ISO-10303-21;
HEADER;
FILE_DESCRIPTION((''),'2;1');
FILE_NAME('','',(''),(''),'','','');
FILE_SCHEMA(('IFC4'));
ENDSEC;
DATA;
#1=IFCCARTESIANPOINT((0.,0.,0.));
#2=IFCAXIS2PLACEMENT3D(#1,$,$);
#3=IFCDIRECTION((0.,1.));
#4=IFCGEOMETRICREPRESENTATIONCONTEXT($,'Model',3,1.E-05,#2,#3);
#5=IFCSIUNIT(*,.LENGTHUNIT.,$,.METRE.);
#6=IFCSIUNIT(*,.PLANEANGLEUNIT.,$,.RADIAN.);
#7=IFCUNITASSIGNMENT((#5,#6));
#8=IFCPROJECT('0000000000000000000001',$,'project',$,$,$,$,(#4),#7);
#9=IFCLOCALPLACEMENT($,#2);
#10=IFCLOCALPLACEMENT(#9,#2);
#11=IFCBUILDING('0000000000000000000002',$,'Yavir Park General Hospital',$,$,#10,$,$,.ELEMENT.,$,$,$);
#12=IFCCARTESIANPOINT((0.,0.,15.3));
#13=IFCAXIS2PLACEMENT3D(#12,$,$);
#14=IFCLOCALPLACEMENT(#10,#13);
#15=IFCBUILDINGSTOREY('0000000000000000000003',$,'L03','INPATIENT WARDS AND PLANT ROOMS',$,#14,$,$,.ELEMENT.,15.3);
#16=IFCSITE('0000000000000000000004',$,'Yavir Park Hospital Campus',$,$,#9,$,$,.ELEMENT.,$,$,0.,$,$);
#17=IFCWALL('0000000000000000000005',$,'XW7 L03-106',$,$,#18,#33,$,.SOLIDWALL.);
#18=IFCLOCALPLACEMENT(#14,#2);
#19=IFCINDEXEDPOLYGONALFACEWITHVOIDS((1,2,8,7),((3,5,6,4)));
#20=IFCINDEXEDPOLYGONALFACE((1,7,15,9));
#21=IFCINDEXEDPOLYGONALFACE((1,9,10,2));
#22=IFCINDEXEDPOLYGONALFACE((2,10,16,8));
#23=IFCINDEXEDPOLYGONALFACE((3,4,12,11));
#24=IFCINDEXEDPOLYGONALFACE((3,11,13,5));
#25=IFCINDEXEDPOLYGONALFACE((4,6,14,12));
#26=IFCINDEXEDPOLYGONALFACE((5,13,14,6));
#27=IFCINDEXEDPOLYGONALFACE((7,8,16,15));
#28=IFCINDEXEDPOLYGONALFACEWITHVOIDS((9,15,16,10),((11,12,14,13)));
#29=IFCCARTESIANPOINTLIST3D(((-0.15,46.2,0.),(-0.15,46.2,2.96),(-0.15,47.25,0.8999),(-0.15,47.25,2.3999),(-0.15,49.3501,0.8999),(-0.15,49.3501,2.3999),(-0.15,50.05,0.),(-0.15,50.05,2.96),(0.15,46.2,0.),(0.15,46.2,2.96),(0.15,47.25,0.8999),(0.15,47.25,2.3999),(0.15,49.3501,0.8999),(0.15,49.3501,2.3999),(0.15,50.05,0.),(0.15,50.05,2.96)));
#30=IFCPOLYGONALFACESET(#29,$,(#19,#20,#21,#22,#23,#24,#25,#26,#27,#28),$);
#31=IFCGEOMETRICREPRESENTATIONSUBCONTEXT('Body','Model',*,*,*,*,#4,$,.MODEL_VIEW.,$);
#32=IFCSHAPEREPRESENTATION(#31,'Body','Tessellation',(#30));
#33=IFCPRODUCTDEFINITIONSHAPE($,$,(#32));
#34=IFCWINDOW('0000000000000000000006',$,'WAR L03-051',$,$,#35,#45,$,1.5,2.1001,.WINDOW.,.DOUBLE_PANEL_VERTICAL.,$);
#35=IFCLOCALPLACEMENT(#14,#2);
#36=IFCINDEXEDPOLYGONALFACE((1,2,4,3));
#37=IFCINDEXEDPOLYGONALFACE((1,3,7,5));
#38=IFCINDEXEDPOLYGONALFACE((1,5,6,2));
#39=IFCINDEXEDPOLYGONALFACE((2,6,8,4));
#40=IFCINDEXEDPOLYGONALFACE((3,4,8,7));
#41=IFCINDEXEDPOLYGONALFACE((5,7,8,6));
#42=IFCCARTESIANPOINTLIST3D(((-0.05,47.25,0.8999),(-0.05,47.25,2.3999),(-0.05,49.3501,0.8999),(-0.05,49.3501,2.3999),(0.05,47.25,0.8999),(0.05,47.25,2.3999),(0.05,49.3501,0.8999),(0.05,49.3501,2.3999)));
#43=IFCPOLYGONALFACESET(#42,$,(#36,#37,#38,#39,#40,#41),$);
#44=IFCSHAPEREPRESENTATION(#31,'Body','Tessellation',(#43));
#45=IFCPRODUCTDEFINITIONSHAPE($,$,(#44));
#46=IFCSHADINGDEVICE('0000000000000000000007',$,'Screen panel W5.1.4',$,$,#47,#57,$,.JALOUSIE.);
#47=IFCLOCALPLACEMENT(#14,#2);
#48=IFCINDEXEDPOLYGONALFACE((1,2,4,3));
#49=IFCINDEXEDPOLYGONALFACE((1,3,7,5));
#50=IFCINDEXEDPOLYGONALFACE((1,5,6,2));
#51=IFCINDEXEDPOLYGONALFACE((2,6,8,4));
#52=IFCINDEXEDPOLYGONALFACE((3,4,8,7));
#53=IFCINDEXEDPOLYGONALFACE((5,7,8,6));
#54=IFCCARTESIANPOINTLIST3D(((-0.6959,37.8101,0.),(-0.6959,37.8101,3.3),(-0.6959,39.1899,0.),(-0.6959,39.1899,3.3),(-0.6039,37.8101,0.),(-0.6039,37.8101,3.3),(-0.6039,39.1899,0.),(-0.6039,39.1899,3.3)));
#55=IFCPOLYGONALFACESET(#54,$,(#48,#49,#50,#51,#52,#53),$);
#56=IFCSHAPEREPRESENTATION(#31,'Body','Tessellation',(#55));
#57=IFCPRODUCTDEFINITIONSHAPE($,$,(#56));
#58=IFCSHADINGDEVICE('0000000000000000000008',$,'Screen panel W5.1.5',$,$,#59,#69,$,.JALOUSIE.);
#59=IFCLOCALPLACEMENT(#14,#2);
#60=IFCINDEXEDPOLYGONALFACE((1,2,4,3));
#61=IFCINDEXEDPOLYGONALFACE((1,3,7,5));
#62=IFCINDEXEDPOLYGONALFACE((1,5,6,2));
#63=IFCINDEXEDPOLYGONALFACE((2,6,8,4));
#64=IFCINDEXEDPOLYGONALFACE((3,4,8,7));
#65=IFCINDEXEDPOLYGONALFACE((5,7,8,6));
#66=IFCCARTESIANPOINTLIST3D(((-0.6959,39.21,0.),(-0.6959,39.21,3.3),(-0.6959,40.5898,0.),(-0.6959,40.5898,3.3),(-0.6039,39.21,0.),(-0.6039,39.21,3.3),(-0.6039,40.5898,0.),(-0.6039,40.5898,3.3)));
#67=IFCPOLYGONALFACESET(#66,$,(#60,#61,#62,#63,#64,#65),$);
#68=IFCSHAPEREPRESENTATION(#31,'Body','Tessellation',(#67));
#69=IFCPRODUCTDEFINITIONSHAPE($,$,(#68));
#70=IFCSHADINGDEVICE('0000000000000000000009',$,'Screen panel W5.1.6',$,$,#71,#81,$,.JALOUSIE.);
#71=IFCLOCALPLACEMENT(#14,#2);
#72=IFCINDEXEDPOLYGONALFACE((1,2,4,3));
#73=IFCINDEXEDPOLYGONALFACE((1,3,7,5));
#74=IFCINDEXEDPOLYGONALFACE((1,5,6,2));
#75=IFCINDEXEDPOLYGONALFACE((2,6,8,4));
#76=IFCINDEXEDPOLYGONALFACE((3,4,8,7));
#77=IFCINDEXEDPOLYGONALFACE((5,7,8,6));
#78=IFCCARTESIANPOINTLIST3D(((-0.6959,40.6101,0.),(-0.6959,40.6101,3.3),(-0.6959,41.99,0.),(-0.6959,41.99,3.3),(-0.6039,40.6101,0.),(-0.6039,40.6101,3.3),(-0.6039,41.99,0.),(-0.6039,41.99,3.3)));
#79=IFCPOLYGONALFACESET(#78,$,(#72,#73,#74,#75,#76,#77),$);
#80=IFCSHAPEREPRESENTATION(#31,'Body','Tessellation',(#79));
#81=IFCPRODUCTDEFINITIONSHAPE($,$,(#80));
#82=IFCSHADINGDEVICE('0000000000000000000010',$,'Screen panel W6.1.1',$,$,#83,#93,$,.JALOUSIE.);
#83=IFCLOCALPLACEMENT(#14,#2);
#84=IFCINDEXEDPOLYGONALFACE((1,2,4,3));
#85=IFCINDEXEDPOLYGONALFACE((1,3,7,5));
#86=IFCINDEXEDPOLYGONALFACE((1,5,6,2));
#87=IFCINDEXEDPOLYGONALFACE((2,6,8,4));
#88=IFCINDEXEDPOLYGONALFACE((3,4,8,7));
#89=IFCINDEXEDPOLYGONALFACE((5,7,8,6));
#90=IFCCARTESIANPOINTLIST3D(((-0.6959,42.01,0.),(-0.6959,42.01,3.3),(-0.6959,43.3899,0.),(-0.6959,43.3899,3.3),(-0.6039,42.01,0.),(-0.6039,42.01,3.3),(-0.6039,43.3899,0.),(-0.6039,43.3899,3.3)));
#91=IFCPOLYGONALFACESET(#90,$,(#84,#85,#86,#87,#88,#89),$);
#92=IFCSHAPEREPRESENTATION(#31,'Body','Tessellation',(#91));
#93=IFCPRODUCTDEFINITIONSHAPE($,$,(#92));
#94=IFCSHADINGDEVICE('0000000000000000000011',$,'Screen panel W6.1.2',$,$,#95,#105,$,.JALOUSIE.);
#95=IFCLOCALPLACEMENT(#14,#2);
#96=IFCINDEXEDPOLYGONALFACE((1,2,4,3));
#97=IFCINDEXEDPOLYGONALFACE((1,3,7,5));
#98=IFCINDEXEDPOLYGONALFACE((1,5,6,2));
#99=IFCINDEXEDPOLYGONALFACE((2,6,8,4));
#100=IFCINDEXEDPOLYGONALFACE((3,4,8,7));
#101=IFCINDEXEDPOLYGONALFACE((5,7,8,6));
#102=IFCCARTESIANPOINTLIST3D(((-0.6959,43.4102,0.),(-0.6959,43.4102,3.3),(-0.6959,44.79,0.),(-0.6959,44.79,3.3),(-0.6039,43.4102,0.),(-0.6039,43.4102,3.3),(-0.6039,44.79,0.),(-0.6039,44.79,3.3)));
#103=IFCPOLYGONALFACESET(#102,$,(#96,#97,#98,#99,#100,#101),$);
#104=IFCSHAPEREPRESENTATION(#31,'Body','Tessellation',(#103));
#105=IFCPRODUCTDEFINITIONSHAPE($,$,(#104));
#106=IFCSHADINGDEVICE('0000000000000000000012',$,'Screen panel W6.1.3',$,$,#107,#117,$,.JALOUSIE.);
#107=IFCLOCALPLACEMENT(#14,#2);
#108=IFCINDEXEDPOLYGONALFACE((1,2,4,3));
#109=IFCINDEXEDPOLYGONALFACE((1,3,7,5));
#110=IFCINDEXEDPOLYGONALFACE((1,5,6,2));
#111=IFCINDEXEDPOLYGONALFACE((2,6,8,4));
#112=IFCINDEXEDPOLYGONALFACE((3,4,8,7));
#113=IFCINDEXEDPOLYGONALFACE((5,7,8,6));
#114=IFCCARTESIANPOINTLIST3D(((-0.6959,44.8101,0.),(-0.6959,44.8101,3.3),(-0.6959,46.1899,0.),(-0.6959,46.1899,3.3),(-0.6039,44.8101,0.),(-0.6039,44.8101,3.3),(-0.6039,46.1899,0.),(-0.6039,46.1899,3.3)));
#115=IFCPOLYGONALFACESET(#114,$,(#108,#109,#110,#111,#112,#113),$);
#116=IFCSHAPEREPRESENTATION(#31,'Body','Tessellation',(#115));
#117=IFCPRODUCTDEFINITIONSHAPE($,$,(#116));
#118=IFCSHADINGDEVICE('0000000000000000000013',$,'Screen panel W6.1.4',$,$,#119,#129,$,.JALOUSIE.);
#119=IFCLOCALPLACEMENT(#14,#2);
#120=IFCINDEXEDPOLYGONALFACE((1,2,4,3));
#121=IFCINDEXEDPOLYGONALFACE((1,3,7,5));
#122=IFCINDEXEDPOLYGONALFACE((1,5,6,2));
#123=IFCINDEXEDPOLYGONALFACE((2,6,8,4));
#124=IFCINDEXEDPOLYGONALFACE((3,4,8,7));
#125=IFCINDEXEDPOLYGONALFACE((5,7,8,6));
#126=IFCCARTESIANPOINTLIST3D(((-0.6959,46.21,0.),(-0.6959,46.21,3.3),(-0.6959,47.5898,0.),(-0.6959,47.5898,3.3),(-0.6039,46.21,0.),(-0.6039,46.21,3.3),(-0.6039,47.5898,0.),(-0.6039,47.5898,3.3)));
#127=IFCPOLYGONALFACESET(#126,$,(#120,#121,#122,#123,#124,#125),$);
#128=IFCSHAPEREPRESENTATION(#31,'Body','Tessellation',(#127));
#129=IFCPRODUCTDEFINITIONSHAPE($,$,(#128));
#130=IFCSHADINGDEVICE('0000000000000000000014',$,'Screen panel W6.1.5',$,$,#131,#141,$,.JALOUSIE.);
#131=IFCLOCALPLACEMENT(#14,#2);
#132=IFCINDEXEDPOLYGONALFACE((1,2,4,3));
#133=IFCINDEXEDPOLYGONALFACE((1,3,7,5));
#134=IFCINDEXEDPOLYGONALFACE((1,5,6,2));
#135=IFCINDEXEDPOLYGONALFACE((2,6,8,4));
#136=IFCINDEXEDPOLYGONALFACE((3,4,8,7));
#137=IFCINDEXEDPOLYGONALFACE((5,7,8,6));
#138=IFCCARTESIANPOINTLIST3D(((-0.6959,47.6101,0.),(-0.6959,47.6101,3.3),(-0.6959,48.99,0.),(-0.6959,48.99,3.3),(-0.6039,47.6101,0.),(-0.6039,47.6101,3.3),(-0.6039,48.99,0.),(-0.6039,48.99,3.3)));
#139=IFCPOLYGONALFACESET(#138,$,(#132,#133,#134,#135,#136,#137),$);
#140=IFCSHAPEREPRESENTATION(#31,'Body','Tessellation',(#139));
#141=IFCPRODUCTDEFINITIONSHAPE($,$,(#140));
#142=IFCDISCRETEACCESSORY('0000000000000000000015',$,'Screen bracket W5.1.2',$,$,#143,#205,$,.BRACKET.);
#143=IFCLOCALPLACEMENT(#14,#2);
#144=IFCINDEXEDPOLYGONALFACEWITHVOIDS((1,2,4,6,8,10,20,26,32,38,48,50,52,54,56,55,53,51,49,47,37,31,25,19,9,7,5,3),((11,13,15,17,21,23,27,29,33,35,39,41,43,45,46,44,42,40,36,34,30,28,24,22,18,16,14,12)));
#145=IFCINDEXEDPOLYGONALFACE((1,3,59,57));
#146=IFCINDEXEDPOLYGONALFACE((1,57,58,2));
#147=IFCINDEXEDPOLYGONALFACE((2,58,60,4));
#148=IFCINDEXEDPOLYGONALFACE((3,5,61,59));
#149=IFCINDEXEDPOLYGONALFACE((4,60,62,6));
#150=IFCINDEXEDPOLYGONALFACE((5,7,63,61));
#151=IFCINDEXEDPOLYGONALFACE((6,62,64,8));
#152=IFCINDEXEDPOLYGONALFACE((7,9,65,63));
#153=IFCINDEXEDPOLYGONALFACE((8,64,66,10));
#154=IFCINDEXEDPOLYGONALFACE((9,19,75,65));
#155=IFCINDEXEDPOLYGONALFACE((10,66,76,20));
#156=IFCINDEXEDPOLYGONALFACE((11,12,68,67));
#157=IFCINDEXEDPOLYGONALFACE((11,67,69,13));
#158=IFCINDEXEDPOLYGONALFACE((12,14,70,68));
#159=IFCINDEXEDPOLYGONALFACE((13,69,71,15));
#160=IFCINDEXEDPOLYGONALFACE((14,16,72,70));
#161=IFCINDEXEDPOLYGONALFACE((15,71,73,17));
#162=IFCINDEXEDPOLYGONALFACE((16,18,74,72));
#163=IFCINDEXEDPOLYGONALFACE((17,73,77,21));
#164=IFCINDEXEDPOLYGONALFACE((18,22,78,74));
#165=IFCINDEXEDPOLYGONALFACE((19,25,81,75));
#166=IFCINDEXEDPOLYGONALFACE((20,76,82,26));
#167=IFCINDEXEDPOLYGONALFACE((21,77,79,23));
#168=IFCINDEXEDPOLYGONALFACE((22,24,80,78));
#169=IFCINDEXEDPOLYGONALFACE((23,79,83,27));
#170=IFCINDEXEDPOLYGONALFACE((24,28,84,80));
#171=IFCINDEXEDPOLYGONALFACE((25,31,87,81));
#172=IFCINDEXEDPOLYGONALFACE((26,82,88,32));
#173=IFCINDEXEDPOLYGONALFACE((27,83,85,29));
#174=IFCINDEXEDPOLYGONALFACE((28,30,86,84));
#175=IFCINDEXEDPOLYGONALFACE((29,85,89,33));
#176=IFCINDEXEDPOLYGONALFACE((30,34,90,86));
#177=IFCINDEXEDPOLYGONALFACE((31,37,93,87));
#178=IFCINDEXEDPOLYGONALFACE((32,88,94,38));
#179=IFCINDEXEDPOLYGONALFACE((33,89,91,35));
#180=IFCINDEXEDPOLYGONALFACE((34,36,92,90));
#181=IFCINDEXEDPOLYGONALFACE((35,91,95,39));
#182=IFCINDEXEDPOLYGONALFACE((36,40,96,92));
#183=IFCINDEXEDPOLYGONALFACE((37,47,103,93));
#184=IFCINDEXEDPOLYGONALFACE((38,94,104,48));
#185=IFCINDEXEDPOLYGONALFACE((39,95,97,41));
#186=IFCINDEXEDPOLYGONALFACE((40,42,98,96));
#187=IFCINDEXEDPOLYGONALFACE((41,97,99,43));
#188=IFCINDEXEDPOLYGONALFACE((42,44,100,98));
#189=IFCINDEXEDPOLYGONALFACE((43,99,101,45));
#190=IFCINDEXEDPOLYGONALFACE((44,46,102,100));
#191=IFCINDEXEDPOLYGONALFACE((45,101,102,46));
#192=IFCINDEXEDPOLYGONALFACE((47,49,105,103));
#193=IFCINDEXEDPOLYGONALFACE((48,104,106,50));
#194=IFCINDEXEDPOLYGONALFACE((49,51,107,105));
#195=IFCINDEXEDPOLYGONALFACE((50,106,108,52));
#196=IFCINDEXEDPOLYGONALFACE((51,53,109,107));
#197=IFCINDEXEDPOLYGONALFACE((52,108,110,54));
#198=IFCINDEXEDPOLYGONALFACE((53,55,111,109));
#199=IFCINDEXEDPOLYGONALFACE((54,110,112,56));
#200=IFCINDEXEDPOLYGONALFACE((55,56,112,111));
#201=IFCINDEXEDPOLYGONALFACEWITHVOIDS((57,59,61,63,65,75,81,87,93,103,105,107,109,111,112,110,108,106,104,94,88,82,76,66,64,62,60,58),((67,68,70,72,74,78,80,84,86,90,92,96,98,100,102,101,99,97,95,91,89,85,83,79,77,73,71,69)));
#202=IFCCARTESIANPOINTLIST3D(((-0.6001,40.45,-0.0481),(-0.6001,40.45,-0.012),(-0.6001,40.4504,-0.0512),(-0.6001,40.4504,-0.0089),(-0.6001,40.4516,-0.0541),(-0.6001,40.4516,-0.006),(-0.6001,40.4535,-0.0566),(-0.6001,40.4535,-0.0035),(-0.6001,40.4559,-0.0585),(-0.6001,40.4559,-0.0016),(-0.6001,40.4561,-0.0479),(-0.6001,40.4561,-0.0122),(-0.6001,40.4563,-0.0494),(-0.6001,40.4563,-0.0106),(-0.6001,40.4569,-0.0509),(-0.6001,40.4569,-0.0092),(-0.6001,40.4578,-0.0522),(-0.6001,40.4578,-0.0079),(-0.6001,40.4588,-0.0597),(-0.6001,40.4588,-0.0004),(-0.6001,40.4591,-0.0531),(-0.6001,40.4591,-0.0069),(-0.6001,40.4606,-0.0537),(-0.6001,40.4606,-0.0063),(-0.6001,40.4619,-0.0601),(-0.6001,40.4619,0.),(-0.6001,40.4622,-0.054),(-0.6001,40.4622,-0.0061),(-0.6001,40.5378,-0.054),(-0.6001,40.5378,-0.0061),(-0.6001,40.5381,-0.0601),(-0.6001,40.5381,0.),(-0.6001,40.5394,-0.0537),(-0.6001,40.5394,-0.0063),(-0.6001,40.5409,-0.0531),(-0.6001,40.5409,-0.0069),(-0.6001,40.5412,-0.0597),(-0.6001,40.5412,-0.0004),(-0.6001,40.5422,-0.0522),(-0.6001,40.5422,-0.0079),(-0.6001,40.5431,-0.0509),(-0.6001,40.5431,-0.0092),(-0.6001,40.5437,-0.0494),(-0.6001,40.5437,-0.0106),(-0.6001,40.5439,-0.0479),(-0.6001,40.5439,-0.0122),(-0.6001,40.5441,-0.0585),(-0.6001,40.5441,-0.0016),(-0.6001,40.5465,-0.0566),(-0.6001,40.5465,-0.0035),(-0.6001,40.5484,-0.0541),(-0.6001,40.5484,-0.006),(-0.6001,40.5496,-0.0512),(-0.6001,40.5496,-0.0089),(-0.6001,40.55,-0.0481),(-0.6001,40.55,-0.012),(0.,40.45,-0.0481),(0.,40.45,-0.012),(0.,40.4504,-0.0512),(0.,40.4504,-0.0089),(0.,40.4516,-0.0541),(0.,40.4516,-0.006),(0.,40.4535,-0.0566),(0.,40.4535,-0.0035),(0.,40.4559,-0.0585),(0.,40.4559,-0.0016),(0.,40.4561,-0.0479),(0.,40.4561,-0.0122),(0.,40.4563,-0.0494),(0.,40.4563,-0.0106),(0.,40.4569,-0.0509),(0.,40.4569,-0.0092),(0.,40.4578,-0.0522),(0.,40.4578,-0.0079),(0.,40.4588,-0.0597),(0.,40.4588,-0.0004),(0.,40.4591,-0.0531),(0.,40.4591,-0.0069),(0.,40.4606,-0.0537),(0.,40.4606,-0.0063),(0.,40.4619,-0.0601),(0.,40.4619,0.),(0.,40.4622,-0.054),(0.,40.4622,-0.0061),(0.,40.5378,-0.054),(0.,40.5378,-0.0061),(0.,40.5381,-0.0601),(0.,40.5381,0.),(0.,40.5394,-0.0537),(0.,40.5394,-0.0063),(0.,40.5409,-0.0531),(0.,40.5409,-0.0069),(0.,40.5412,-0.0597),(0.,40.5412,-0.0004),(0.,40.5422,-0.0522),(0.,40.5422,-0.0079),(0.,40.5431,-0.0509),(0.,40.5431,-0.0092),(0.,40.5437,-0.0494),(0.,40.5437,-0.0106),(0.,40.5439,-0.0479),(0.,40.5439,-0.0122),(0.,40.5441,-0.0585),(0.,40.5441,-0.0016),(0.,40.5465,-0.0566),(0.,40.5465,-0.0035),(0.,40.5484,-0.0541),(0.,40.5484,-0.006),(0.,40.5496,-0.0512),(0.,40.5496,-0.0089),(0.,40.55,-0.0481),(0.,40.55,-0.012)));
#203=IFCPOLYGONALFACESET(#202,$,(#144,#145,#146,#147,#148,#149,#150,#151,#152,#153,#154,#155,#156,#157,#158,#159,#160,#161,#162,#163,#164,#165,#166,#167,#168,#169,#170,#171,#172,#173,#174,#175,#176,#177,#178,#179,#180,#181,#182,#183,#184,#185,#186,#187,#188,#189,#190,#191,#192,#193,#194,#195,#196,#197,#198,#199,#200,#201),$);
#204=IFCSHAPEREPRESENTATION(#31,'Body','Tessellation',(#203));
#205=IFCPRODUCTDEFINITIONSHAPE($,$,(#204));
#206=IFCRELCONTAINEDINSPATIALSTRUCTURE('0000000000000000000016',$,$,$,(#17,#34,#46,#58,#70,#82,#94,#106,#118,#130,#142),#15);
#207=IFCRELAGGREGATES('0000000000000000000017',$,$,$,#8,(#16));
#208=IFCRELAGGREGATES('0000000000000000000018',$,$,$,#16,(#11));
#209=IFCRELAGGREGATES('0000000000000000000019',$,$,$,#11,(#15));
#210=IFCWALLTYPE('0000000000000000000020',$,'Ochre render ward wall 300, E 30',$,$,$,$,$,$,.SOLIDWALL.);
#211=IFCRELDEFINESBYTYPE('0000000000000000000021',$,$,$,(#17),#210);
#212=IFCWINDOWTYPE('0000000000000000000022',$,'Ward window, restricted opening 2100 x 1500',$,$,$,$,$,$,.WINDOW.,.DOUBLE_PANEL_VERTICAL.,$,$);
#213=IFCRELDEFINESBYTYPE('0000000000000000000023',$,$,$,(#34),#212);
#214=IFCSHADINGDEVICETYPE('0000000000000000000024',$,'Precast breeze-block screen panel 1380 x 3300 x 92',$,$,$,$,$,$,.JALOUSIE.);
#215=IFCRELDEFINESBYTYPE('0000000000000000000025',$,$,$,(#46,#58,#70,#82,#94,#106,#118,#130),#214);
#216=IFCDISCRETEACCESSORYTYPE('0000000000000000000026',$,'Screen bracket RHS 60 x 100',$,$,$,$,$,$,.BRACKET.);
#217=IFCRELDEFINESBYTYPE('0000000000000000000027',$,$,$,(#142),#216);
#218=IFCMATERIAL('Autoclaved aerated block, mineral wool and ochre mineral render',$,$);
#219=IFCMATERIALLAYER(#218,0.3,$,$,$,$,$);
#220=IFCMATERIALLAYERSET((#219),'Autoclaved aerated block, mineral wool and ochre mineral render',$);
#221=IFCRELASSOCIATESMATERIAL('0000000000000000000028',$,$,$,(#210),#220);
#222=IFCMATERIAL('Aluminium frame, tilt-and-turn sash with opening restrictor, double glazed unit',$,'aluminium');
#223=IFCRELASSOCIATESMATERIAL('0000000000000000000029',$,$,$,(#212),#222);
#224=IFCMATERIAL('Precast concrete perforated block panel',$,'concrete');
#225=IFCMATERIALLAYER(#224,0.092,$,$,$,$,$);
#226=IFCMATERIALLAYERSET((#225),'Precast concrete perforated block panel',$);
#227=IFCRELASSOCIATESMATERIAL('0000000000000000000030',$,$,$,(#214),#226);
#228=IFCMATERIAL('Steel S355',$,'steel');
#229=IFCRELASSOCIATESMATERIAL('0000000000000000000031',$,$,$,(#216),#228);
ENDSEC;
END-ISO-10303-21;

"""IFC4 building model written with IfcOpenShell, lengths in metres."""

from ifc_helpers import new_model, si_unit, direction, frame, frame_2d, origin, origin_2d, place, context, subcontext, project, spatial, rectangle, hollow_rectangle, extrude, material, layer, layer_set, material_profile, profile_set, type_object, element, fill, save


model = new_model("IFC4")

# Units and contexts
model_context = context("Model", 3, precision=1e-05, world=origin(), true_north=direction((0.0, 1.0)))
body_context = subcontext(model_context, "Body", "Model", "MODEL_VIEW")
ifc_project = project(units=[si_unit("LENGTHUNIT", "METRE"), si_unit("PLANEANGLEUNIT", "RADIAN")], contexts=[model_context])

# Site, building, storey
site_placement = place(None, origin())
site = spatial("IfcSite", under=ifc_project, at=site_placement, Name="Yavir Park Hospital Campus", CompositionType="ELEMENT", RefElevation=0.0)
building_placement = place(site_placement, origin())
building = spatial("IfcBuilding", under=site, at=building_placement, Name="Yavir Park General Hospital", CompositionType="ELEMENT")
storey_placement = place(building_placement, frame((0.0, 0.0, 15.3)))
storey = spatial("IfcBuildingStorey", under=building, at=storey_placement, Name="L03", Description="INPATIENT WARDS AND PLANT ROOMS", CompositionType="ELEMENT", Elevation=15.3)

# Wall, opening, window
ifc_material_1 = material(Name="Autoclaved aerated block, mineral wool and ochre mineral render")
ifc_layer_1 = layer(ifc_material_1, 0.3)
ifc_layer_set_1 = layer_set([ifc_layer_1], Name="Autoclaved aerated block, mineral wool and ochre mineral render")
wall_type_1 = type_object("IfcWallType", Name="Ochre render ward wall 300, E 30", PredefinedType="SOLIDWALL", material=ifc_layer_set_1)
ifc_material_2 = material(Name="Aluminium frame, tilt-and-turn sash with opening restrictor, double glazed unit", Category="aluminium")
window_type = type_object("IfcWindowType", Name="Ward window, restricted opening 2100 x 1500", PartitioningType="DOUBLE_PANEL_VERTICAL", PredefinedType="WINDOW", material=ifc_material_2)
wall_1_placement = place(storey_placement, frame((0.0, 46.2, 0.0), z_axis=(0.0, 0.0, 1.0), x_axis=(0.0, 1.0, 0.0)))
wall_1 = element("IfcWall", 1, at=wall_1_placement, inside=storey, type_object=wall_type_1, Name="XW7 L03-106", PredefinedType="SOLIDWALL", context=body_context, shape_type="SweptSolid", body=[
    extrude(rectangle(XDim=3.8501, YDim=0.3, at=frame_2d((1.925, 0.0))), origin(), (0.0, 0.0, 1.0), 2.96),
])
opening_1_placement = place(wall_1_placement, frame((1.05, 0.0, 0.8999)))
opening_1 = element("IfcOpeningElement", 2, at=opening_1_placement, cuts=wall_1, PredefinedType="OPENING", context=body_context, shape_type="SweptSolid", body=[
    extrude(rectangle(XDim=2.1001, YDim=1.5, at=frame_2d((1.05, 0.75))), frame((0.0, 0.1599, 0.0), z_axis=(0.0, -1.0, 0.0), x_axis=(1.0, 0.0, 0.0)), (0.0, 0.0, 1.0), 0.3201),
])
window_1_placement = place(opening_1_placement, origin())
window_1 = element("IfcWindow", 3, at=window_1_placement, inside=storey, type_object=window_type, Name="WAR L03-051", OverallHeight=1.5, OverallWidth=2.1001, PartitioningType="DOUBLE_PANEL_VERTICAL", PredefinedType="WINDOW", context=body_context, shape_type="SweptSolid", body=[
    extrude(rectangle(XDim=2.1001, YDim=1.5, at=frame_2d((1.05, 0.75))), frame((0.0, 0.05, 0.0), z_axis=(0.0, -1.0, 0.0), x_axis=(1.0, 0.0, 0.0)), (0.0, 0.0, 1.0), 0.1001),
])
fill(opening_1, window_1)

# Shading devices
ifc_material_3 = material(Name="Precast concrete perforated block panel", Category="concrete")
ifc_layer_2 = layer(ifc_material_3, 0.092)
ifc_layer_set_2 = layer_set([ifc_layer_2], Name="Precast concrete perforated block panel")
shading_device_type = type_object("IfcShadingDeviceType", Name="Precast breeze-block screen panel 1380 x 3300 x 92", PredefinedType="JALOUSIE", material=ifc_layer_set_2)
for number, where, z_axis, x_axis, name in (
    (4, (-0.6499, 38.5, 0.0), (0.0, 0.0, 1.0), (1.0, 0.0, 0.0), "Screen panel W5.1.4"),
    (5, (-0.6499, 39.8999, 0.0), (0.0, 0.0, 1.0), (1.0, 0.0, 0.0), "Screen panel W5.1.5"),
    (6, (-0.6499, 41.3, 0.0), (0.0, 0.0, 1.0), (1.0, 0.0, 0.0), "Screen panel W5.1.6"),
    (7, (-0.6499, 42.7, 0.0), (0.0, 0.0, 1.0), (1.0, 0.0, 0.0), "Screen panel W6.1.1"),
    (8, (-0.6499, 44.1001, 0.0), (0.0, 0.0, 1.0), (1.0, 0.0, 0.0), "Screen panel W6.1.2"),
    (9, (-0.6499, 45.5, 0.0), (0.0, 0.0, 1.0), (1.0, 0.0, 0.0), "Screen panel W6.1.3"),
    (10, (-0.6499, 46.8999, 0.0), (0.0, 0.0, 1.0), (1.0, 0.0, 0.0), "Screen panel W6.1.4"),
    (11, (-0.6499, 48.3, 0.0), (0.0, 0.0, 1.0), (1.0, 0.0, 0.0), "Screen panel W6.1.5"),
):
    element("IfcShadingDevice", number, at=place(storey_placement, frame(where, z_axis=z_axis, x_axis=x_axis)), inside=storey, type_object=shading_device_type, Name=name, PredefinedType="JALOUSIE", context=body_context, shape_type="SweptSolid", body=[
        extrude(rectangle(XDim=0.092, YDim=1.3799, at=origin_2d()), origin(), (0.0, 0.0, 1.0), 3.3),
    ])

# Discrete accessory
ifc_material_4 = material(Name="Steel S355", Category="steel")
ifc_material_profile_1 = material_profile(ifc_material_4, hollow_rectangle(XDim=0.1001, YDim=0.0601, WallThickness=0.0061, InnerFilletRadius=0.0061, OuterFilletRadius=0.012, at=origin_2d()), Name="RHS60x100x6")
ifc_profile_set_1 = profile_set([ifc_material_profile_1], Name="Steel S355")
discrete_accessory_type_1 = type_object("IfcDiscreteAccessoryType", Name="Screen bracket RHS 60 x 100", PredefinedType="BRACKET", material=ifc_profile_set_1)
for number, where, z_axis, x_axis, name in (
    (12, (0.0, 40.5, -0.03), (-1.0, 0.0, 0.0), (0.0, -1.0, 0.0), "Screen bracket W5.1.2"),
):
    element("IfcDiscreteAccessory", number, at=place(storey_placement, frame(where, z_axis=z_axis, x_axis=x_axis)), inside=storey, type_object=discrete_accessory_type_1, Name=name, PredefinedType="BRACKET", context=body_context, shape_type="SweptSolid", body=[
        extrude(hollow_rectangle(XDim=0.1001, YDim=0.0601, WallThickness=0.0061, InnerFilletRadius=0.0061, OuterFilletRadius=0.012, at=origin_2d()), origin(), (0.0, 0.0, 1.0), 0.6001),
    ])

save(model, "model.ifc")
